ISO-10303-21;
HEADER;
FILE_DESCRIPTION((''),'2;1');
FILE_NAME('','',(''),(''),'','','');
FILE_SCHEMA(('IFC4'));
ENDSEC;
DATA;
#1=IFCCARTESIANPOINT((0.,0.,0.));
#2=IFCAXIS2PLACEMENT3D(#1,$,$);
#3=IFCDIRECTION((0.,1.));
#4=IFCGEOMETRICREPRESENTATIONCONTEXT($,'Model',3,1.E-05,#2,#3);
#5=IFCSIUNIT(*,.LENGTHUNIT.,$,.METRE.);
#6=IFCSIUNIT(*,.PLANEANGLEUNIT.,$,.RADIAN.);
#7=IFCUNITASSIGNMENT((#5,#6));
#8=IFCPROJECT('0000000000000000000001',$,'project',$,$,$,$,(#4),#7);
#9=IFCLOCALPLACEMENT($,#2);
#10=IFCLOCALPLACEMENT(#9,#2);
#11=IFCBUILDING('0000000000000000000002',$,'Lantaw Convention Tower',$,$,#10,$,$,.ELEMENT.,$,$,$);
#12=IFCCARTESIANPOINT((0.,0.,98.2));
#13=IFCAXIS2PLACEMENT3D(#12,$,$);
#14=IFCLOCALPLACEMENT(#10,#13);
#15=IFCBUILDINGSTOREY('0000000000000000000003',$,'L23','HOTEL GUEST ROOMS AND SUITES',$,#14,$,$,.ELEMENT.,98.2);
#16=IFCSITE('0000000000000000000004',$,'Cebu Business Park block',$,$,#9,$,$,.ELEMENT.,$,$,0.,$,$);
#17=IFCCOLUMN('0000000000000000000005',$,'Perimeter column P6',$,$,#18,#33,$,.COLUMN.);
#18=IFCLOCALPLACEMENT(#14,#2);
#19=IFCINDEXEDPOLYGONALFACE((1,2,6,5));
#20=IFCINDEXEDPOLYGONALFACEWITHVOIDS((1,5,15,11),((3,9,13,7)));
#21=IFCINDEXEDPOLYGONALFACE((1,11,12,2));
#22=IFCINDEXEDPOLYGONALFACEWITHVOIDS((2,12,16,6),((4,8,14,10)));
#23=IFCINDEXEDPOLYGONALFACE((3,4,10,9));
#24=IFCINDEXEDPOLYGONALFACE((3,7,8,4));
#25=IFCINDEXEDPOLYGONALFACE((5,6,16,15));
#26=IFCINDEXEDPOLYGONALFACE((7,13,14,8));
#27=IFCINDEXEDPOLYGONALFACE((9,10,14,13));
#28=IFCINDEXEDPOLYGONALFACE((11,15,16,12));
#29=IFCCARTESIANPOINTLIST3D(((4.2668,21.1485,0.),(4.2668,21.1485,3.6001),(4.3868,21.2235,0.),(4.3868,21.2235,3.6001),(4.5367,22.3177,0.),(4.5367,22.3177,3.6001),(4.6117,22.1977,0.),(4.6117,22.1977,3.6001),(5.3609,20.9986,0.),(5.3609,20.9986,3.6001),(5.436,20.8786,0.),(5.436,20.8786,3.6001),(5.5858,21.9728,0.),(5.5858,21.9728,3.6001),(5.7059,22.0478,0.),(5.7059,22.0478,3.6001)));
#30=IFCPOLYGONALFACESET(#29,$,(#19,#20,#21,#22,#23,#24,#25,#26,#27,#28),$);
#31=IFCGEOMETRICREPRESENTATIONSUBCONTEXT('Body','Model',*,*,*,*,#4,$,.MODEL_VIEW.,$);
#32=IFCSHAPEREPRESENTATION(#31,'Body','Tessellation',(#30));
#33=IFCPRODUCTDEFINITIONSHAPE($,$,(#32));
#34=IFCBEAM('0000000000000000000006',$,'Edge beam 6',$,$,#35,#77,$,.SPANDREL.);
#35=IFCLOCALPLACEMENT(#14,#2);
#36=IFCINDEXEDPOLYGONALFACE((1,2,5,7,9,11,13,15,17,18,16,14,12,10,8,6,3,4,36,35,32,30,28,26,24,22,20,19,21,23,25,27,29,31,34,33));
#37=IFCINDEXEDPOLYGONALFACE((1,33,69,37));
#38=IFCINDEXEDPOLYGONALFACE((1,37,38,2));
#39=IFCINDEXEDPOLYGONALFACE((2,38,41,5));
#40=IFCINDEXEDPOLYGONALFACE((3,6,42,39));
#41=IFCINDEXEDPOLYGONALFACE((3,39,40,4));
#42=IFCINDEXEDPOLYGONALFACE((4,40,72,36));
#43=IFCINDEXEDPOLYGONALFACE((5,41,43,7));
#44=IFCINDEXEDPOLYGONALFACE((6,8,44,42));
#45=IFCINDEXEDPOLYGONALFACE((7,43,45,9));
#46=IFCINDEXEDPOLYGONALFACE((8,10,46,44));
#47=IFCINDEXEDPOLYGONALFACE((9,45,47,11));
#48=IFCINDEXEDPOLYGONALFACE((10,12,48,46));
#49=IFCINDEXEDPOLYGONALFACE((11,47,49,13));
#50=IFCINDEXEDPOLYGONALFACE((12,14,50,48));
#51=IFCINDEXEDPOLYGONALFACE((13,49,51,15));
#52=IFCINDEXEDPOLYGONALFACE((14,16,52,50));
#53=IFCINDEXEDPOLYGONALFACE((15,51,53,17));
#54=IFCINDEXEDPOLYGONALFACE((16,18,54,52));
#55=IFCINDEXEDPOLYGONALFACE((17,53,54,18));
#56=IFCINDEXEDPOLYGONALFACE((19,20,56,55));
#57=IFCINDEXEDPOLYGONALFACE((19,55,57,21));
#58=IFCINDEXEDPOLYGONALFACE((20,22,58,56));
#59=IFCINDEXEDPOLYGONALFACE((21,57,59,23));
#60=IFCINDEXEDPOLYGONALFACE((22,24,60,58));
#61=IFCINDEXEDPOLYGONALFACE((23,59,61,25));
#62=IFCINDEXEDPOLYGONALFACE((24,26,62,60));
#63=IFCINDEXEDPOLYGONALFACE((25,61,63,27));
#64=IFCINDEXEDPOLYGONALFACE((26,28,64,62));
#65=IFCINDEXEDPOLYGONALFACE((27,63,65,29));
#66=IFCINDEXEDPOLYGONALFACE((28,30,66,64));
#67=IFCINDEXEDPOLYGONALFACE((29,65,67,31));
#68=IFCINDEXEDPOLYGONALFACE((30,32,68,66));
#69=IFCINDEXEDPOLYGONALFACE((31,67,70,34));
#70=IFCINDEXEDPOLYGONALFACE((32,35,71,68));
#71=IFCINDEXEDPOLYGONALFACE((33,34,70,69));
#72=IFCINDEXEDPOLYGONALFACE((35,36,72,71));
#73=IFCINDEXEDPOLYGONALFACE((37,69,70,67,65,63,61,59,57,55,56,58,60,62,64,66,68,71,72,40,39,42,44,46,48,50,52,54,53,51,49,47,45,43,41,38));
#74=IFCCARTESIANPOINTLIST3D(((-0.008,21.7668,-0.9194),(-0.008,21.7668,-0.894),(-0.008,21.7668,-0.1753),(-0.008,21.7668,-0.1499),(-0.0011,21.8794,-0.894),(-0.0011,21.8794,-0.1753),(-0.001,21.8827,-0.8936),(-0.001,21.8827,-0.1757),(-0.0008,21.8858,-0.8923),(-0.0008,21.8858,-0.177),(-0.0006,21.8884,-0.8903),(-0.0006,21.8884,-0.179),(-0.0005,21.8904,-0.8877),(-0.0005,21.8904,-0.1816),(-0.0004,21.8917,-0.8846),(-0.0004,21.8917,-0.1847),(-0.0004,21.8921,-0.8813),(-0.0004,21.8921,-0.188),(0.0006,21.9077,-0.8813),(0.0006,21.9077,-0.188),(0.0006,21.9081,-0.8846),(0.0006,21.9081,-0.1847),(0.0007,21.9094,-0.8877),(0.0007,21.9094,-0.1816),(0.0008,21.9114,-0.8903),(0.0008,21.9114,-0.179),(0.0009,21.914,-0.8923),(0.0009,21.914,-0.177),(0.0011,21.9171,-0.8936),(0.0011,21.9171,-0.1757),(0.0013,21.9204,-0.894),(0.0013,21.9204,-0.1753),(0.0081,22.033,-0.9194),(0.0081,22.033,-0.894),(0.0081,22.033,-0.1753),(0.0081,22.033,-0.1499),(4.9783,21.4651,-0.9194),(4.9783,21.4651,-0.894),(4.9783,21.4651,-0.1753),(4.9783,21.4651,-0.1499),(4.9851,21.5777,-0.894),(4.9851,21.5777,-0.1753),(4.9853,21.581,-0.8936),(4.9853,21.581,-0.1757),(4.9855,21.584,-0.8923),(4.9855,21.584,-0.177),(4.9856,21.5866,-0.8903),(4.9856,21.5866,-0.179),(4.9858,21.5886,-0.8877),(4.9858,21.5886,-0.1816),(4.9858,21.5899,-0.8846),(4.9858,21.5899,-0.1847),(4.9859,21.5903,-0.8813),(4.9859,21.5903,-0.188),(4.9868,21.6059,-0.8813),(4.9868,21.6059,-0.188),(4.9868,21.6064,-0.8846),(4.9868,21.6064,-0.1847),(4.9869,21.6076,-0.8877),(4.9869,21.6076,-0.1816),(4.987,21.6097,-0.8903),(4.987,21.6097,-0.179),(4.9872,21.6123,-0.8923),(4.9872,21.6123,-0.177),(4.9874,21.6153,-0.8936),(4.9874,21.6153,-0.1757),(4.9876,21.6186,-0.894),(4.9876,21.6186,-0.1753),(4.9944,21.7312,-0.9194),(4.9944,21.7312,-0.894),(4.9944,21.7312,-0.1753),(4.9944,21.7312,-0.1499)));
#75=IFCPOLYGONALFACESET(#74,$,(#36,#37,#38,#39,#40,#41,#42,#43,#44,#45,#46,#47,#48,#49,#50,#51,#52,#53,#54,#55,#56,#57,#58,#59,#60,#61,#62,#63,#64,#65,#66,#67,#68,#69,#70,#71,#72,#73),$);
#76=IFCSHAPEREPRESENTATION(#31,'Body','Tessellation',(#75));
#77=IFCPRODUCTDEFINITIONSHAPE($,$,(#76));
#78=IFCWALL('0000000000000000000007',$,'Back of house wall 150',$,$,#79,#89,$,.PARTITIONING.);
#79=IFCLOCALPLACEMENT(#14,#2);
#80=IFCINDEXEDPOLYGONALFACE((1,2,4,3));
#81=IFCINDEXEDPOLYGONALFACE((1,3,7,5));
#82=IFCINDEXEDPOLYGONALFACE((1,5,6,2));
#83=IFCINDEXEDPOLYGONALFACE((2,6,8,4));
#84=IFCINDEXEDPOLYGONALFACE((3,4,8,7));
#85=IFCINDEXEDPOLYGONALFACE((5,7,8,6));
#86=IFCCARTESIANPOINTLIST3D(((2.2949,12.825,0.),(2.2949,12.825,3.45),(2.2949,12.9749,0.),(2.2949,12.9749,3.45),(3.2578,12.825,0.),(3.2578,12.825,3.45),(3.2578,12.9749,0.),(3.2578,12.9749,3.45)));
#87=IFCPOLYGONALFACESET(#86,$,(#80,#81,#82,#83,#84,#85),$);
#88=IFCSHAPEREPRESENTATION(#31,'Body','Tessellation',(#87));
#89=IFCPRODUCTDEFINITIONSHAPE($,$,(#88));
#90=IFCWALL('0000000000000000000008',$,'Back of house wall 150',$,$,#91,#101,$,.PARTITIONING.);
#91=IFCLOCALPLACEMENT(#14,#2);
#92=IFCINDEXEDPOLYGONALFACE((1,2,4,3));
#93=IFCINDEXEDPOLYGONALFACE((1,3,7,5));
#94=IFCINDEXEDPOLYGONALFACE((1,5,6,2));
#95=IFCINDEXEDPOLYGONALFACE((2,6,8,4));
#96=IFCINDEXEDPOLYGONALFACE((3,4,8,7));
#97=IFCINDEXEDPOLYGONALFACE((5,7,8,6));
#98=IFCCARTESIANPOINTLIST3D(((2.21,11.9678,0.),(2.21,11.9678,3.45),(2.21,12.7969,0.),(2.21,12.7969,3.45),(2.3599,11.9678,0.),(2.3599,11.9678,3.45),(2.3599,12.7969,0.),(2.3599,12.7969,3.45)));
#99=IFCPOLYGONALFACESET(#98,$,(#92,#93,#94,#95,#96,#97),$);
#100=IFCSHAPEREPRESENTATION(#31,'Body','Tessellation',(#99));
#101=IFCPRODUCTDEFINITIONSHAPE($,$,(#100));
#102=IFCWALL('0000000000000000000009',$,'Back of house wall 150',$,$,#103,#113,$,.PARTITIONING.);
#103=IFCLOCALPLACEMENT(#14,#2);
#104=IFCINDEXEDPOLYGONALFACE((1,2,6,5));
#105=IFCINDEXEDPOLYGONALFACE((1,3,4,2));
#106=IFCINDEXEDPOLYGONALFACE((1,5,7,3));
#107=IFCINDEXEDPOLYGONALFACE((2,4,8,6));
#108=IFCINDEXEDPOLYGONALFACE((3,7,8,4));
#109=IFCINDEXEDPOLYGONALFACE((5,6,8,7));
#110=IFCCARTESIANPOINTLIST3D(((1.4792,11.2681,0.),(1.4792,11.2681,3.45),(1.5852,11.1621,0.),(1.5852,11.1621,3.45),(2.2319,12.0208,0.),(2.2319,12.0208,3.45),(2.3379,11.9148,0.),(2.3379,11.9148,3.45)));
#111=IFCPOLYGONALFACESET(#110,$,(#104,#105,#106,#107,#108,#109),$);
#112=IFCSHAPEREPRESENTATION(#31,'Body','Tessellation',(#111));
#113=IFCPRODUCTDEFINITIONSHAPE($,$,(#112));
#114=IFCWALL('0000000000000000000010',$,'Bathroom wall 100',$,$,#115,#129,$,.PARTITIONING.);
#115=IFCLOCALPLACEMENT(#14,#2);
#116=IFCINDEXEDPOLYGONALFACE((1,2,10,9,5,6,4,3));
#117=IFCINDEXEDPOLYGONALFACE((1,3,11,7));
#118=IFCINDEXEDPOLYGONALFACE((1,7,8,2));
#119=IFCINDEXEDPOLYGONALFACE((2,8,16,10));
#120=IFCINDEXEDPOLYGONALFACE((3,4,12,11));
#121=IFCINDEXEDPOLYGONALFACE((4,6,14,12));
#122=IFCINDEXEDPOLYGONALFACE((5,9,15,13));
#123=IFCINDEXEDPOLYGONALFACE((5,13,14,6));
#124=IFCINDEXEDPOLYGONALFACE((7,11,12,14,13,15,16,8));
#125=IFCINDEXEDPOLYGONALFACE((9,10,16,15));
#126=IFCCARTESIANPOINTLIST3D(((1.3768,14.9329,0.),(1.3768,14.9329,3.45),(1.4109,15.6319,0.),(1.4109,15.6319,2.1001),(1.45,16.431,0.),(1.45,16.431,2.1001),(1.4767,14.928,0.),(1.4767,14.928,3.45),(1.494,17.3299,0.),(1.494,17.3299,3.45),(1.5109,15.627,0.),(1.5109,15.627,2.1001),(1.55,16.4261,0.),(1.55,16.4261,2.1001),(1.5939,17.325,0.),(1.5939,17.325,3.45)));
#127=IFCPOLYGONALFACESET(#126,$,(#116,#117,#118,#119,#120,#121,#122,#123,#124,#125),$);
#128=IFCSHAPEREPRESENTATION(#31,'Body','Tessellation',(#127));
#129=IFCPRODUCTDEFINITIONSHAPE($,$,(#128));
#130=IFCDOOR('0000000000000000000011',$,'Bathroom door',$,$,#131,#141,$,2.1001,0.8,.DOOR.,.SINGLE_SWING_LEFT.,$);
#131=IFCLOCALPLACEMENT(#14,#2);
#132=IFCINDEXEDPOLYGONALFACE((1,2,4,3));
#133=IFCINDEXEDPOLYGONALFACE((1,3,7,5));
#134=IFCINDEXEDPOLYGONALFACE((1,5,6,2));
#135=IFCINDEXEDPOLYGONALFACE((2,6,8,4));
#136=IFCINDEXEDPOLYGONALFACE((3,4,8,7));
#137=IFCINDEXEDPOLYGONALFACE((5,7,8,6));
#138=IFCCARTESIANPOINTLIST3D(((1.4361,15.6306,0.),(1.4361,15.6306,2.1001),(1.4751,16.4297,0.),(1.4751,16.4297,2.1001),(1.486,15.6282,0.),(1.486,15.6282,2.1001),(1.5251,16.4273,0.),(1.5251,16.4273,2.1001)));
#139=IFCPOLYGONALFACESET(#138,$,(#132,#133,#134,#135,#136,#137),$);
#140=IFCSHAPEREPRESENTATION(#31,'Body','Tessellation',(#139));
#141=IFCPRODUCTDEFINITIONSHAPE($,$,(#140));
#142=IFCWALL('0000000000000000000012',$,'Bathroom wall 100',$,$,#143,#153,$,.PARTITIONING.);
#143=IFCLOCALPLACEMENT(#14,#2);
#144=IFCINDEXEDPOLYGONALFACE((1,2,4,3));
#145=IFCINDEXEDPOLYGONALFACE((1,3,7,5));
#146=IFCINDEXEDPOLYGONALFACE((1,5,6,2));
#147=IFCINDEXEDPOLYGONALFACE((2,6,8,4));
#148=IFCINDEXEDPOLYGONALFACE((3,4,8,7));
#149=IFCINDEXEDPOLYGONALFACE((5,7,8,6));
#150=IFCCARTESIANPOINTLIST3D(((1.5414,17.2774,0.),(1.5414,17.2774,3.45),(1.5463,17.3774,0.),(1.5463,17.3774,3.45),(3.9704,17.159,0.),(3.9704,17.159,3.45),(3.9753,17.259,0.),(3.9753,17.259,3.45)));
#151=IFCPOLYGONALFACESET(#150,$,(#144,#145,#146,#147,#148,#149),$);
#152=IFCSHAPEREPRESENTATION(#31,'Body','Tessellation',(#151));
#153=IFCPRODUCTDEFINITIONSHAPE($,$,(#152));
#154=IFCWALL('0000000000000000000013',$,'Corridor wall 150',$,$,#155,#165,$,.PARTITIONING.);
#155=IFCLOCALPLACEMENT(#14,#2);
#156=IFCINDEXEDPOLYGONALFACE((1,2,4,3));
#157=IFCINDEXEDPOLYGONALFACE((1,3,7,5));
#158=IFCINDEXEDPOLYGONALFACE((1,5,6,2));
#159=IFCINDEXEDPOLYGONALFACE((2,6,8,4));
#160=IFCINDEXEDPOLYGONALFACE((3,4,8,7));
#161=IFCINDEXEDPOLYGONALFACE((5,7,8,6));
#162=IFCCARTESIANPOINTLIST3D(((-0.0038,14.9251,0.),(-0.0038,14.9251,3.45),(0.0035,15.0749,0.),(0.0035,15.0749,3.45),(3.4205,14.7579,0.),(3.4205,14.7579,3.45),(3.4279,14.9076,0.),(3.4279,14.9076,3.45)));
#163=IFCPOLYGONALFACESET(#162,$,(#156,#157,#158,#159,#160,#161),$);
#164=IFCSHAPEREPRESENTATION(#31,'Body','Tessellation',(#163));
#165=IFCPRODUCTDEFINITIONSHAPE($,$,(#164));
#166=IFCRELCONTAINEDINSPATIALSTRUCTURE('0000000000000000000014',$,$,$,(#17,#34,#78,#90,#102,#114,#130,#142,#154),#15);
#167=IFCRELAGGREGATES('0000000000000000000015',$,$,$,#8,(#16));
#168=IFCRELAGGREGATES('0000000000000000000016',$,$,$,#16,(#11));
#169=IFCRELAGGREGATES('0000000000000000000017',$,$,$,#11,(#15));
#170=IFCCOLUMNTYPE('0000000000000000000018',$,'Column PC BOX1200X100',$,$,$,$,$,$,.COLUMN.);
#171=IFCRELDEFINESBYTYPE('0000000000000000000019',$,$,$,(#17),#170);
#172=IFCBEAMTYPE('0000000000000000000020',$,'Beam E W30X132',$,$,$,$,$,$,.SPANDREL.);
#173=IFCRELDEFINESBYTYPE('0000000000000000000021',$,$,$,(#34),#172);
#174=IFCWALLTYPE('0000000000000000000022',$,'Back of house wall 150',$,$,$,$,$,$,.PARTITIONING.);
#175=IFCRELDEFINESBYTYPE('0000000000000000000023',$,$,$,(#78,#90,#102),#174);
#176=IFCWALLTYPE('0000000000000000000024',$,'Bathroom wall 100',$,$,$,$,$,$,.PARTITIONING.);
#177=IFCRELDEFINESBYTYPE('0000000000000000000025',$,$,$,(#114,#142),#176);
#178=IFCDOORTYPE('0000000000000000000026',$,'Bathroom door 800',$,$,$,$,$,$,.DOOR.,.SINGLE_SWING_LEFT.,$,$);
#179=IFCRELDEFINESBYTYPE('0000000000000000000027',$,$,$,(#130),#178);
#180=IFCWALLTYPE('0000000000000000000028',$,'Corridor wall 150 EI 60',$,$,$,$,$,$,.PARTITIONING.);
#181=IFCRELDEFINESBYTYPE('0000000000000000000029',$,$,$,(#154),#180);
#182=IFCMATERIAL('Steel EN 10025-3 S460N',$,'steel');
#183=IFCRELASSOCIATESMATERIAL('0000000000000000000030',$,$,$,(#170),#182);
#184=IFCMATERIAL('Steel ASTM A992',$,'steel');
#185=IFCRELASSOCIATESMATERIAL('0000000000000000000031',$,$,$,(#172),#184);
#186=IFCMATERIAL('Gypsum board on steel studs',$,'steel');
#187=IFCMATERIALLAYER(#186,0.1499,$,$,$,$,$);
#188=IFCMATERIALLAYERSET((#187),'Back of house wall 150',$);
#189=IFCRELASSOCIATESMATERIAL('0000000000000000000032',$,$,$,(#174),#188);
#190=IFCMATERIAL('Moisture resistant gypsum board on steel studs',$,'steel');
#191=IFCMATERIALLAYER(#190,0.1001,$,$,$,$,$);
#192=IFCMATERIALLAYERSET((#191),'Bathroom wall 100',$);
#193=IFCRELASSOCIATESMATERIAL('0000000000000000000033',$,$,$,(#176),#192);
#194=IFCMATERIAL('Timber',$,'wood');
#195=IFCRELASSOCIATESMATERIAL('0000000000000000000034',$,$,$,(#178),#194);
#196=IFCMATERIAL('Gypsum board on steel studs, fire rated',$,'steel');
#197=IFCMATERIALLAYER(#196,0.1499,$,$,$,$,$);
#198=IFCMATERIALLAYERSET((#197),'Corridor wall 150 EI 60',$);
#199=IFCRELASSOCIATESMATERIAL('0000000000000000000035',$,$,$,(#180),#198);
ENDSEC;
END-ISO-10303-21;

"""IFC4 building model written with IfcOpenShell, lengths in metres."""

from ifc_helpers import new_model, si_unit, direction, frame, frame_2d, origin, origin_2d, place, context, subcontext, project, spatial, rectangle, hollow_rectangle, i_section, extrude, material, layer, layer_set, material_profile, profile_set, type_object, element, fill, save


model = new_model("IFC4")

# Units and contexts
model_context = context("Model", 3, precision=1e-05, world=origin(), true_north=direction((0.0, 1.0)))
body_context = subcontext(model_context, "Body", "Model", "MODEL_VIEW")
ifc_project = project(units=[si_unit("LENGTHUNIT", "METRE"), si_unit("PLANEANGLEUNIT", "RADIAN")], contexts=[model_context])

# Site, building, storey
site_placement = place(None, origin())
site = spatial("IfcSite", under=ifc_project, at=site_placement, Name="Cebu Business Park block", CompositionType="ELEMENT", RefElevation=0.0)
building_placement = place(site_placement, origin())
building = spatial("IfcBuilding", under=site, at=building_placement, Name="Lantaw Convention Tower", CompositionType="ELEMENT")
storey_placement = place(building_placement, frame((0.0, 0.0, 98.2)))
storey = spatial("IfcBuildingStorey", under=building, at=storey_placement, Name="L23", Description="HOTEL GUEST ROOMS AND SUITES", CompositionType="ELEMENT", Elevation=98.2)

# Column
ifc_material_1 = material(Name="Steel EN 10025-3 S460N", Category="steel")
ifc_material_profile_1 = material_profile(ifc_material_1, hollow_rectangle(XDim=1.2, YDim=1.2, WallThickness=0.1001, at=origin_2d()), Name="BOX1200X100")
ifc_material_2 = material(Name="Concrete C60/75", Category="concrete")
ifc_material_profile_2 = material_profile(ifc_material_2, rectangle(XDim=1.0, YDim=1.0, at=origin_2d()), Name="Concrete fill of BOX1200X100")
ifc_profile_set_1 = profile_set([ifc_material_profile_1, ifc_material_profile_2], Name="Steel EN 10025-3 S460N")
column_type = type_object("IfcColumnType", Name="Column PC BOX1200X100", PredefinedType="COLUMN", material=ifc_profile_set_1)
column_placement = place(storey_placement, frame((4.9863, 21.5981, 0.0), z_axis=(0.0, 0.0, 1.0), x_axis=(0.224951, 0.97437, 0.0)))
element("IfcColumn", 1, at=column_placement, inside=storey, type_object=column_type, Name="Perimeter column P6", PredefinedType="COLUMN", context=body_context, shape_type="SweptSolid", body=[
    extrude(hollow_rectangle(XDim=1.2, YDim=1.2, WallThickness=0.1001, at=origin_2d()), origin(), (0.0, 0.0, 1.0), 3.6001),
])

# Beam
ifc_material_3 = material(Name="Steel ASTM A992", Category="steel")
ifc_material_profile_3 = material_profile(ifc_material_3, i_section(OverallWidth=0.2666, OverallDepth=0.7695, WebThickness=0.0156, FlangeThickness=0.0254, FilletRadius=0.0127, at=origin_2d()), Name="W30X132")
ifc_profile_set_2 = profile_set([ifc_material_profile_3], Name="Steel ASTM A992")
beam_type = type_object("IfcBeamType", Name="Beam E W30X132", PredefinedType="SPANDREL", material=ifc_profile_set_2)
beam_placement = place(storey_placement, frame((4.9863, 21.5981, -0.5347), z_axis=(-0.998174, 0.060407, 0.0), x_axis=(-0.060407, -0.998174, 0.0)))
element("IfcBeam", 2, at=beam_placement, inside=storey, type_object=beam_type, Name="Edge beam 6", PredefinedType="SPANDREL", context=body_context, shape_type="SweptSolid", body=[
    extrude(i_section(OverallWidth=0.2666, OverallDepth=0.7695, WebThickness=0.0156, FlangeThickness=0.0254, FilletRadius=0.0127, at=origin_2d()), origin(), (0.0, 0.0, 1.0), 4.9954),
])

# Walls
ifc_material_4 = material(Name="Gypsum board on steel studs", Category="steel")
ifc_layer_1 = layer(ifc_material_4, 0.1499)
ifc_layer_set_1 = layer_set([ifc_layer_1], Name="Back of house wall 150")
wall_type_1 = type_object("IfcWallType", Name="Back of house wall 150", PredefinedType="PARTITIONING", material=ifc_layer_set_1)
wall_1_placement = place(storey_placement, frame((3.2578, 12.8999, 0.0), z_axis=(0.0, 0.0, 1.0), x_axis=(-1.0, 0.0, 0.0)))
element("IfcWall", 3, at=wall_1_placement, inside=storey, type_object=wall_type_1, Name="Back of house wall 150", PredefinedType="PARTITIONING", context=body_context, shape_type="SweptSolid", body=[
    extrude(rectangle(XDim=0.9629, YDim=0.1499, at=frame_2d((0.4814, 0.0))), origin(), (0.0, 0.0, 1.0), 3.45),
])
wall_2_placement = place(storey_placement, frame((2.2849, 12.7969, 0.0), z_axis=(0.0, 0.0, 1.0), x_axis=(0.0, -1.0, 0.0)))
element("IfcWall", 4, at=wall_2_placement, inside=storey, type_object=wall_type_1, Name="Back of house wall 150", PredefinedType="PARTITIONING", context=body_context, shape_type="SweptSolid", body=[
    extrude(rectangle(XDim=0.8291, YDim=0.1499, at=frame_2d((0.4146, 0.0))), origin(), (0.0, 0.0, 1.0), 3.45),
])
wall_3_placement = place(storey_placement, frame((2.2849, 11.9678, 0.0), z_axis=(0.0, 0.0, 1.0), x_axis=(-0.707107, -0.707107, 0.0)))
element("IfcWall", 5, at=wall_3_placement, inside=storey, type_object=wall_type_1, Name="Back of house wall 150", PredefinedType="PARTITIONING", context=body_context, shape_type="SweptSolid", body=[
    extrude(rectangle(XDim=1.0645, YDim=0.1499, at=frame_2d((0.5322, 0.0))), origin(), (0.0, 0.0, 1.0), 3.45),
])

# Wall, opening, door
ifc_material_5 = material(Name="Moisture resistant gypsum board on steel studs", Category="steel")
ifc_layer_2 = layer(ifc_material_5, 0.1001)
ifc_layer_set_2 = layer_set([ifc_layer_2], Name="Bathroom wall 100")
wall_type_2 = type_object("IfcWallType", Name="Bathroom wall 100", PredefinedType="PARTITIONING", material=ifc_layer_set_2)
wall_4_placement = place(storey_placement, frame((1.4268, 14.9304, 0.0), z_axis=(0.0, 0.0, 1.0), x_axis=(0.048831, 0.998807, 0.0)))
wall_4 = element("IfcWall", 6, at=wall_4_placement, inside=storey, type_object=wall_type_2, Name="Bathroom wall 100", PredefinedType="PARTITIONING", context=body_context, shape_type="SweptSolid", body=[
    extrude(rectangle(XDim=2.3999, YDim=0.1001, at=frame_2d((1.2, 0.0))), origin(), (0.0, 0.0, 1.0), 3.45),
])
opening_1_placement = place(wall_4_placement, frame((0.7, 0.0, 0.0)))
opening_1 = element("IfcOpeningElement", 7, at=opening_1_placement, cuts=wall_4, PredefinedType="OPENING", context=body_context, shape_type="SweptSolid", body=[
    extrude(rectangle(XDim=0.8, YDim=2.1001, at=frame_2d((0.3999, 1.05))), frame((0.0, 0.0601, 0.0), z_axis=(0.0, -1.0, 0.0), x_axis=(1.0, 0.0, 0.0)), (0.0, 0.0, 1.0), 0.1201),
])
ifc_material_6 = material(Name="Timber", Category="wood")
door_type_1 = type_object("IfcDoorType", Name="Bathroom door 800", OperationType="SINGLE_SWING_LEFT", PredefinedType="DOOR", material=ifc_material_6)
door_1_placement = place(opening_1_placement, origin())
door_1 = element("IfcDoor", 8, at=door_1_placement, inside=storey, type_object=door_type_1, Name="Bathroom door", OperationType="SINGLE_SWING_LEFT", OverallHeight=2.1001, OverallWidth=0.8, PredefinedType="DOOR", context=body_context, shape_type="SweptSolid", body=[
    extrude(rectangle(XDim=0.8, YDim=2.1001, at=frame_2d((0.3999, 1.05))), frame((0.0, 0.0249, 0.0), z_axis=(0.0, -1.0, 0.0), x_axis=(1.0, 0.0, 0.0)), (0.0, 0.0, 1.0), 0.05),
])
fill(opening_1, door_1)

# Walls
wall_5_placement = place(storey_placement, frame((1.5439, 17.3274, 0.0), z_axis=(0.0, 0.0, 1.0), x_axis=(0.998814, -0.048691, 0.0)))
element("IfcWall", 9, at=wall_5_placement, inside=storey, type_object=wall_type_2, Name="Bathroom wall 100", PredefinedType="PARTITIONING", context=body_context, shape_type="SweptSolid", body=[
    extrude(rectangle(XDim=2.4319, YDim=0.1001, at=frame_2d((1.2158, 0.0))), origin(), (0.0, 0.0, 1.0), 3.45),
])
ifc_material_7 = material(Name="Gypsum board on steel studs, fire rated", Category="steel")
ifc_layer_3 = layer(ifc_material_7, 0.1499)
ifc_layer_set_3 = layer_set([ifc_layer_3], Name="Corridor wall 150 EI 60")
wall_type_3 = type_object("IfcWallType", Name="Corridor wall 150 EI 60", PredefinedType="PARTITIONING", material=ifc_layer_set_3)
wall_6_placement = place(storey_placement, frame((3.4243, 14.8328, 0.0), z_axis=(0.0, 0.0, 1.0), x_axis=(-0.99881, 0.04878, 0.0)))
element("IfcWall", 10, at=wall_6_placement, inside=storey, type_object=wall_type_3, Name="Corridor wall 150", PredefinedType="PARTITIONING", context=body_context, shape_type="SweptSolid", body=[
    extrude(rectangle(XDim=3.4285, YDim=0.1499, at=frame_2d((1.7144, 0.0))), origin(), (0.0, 0.0, 1.0), 3.45),
])

save(model, "model.ifc")
